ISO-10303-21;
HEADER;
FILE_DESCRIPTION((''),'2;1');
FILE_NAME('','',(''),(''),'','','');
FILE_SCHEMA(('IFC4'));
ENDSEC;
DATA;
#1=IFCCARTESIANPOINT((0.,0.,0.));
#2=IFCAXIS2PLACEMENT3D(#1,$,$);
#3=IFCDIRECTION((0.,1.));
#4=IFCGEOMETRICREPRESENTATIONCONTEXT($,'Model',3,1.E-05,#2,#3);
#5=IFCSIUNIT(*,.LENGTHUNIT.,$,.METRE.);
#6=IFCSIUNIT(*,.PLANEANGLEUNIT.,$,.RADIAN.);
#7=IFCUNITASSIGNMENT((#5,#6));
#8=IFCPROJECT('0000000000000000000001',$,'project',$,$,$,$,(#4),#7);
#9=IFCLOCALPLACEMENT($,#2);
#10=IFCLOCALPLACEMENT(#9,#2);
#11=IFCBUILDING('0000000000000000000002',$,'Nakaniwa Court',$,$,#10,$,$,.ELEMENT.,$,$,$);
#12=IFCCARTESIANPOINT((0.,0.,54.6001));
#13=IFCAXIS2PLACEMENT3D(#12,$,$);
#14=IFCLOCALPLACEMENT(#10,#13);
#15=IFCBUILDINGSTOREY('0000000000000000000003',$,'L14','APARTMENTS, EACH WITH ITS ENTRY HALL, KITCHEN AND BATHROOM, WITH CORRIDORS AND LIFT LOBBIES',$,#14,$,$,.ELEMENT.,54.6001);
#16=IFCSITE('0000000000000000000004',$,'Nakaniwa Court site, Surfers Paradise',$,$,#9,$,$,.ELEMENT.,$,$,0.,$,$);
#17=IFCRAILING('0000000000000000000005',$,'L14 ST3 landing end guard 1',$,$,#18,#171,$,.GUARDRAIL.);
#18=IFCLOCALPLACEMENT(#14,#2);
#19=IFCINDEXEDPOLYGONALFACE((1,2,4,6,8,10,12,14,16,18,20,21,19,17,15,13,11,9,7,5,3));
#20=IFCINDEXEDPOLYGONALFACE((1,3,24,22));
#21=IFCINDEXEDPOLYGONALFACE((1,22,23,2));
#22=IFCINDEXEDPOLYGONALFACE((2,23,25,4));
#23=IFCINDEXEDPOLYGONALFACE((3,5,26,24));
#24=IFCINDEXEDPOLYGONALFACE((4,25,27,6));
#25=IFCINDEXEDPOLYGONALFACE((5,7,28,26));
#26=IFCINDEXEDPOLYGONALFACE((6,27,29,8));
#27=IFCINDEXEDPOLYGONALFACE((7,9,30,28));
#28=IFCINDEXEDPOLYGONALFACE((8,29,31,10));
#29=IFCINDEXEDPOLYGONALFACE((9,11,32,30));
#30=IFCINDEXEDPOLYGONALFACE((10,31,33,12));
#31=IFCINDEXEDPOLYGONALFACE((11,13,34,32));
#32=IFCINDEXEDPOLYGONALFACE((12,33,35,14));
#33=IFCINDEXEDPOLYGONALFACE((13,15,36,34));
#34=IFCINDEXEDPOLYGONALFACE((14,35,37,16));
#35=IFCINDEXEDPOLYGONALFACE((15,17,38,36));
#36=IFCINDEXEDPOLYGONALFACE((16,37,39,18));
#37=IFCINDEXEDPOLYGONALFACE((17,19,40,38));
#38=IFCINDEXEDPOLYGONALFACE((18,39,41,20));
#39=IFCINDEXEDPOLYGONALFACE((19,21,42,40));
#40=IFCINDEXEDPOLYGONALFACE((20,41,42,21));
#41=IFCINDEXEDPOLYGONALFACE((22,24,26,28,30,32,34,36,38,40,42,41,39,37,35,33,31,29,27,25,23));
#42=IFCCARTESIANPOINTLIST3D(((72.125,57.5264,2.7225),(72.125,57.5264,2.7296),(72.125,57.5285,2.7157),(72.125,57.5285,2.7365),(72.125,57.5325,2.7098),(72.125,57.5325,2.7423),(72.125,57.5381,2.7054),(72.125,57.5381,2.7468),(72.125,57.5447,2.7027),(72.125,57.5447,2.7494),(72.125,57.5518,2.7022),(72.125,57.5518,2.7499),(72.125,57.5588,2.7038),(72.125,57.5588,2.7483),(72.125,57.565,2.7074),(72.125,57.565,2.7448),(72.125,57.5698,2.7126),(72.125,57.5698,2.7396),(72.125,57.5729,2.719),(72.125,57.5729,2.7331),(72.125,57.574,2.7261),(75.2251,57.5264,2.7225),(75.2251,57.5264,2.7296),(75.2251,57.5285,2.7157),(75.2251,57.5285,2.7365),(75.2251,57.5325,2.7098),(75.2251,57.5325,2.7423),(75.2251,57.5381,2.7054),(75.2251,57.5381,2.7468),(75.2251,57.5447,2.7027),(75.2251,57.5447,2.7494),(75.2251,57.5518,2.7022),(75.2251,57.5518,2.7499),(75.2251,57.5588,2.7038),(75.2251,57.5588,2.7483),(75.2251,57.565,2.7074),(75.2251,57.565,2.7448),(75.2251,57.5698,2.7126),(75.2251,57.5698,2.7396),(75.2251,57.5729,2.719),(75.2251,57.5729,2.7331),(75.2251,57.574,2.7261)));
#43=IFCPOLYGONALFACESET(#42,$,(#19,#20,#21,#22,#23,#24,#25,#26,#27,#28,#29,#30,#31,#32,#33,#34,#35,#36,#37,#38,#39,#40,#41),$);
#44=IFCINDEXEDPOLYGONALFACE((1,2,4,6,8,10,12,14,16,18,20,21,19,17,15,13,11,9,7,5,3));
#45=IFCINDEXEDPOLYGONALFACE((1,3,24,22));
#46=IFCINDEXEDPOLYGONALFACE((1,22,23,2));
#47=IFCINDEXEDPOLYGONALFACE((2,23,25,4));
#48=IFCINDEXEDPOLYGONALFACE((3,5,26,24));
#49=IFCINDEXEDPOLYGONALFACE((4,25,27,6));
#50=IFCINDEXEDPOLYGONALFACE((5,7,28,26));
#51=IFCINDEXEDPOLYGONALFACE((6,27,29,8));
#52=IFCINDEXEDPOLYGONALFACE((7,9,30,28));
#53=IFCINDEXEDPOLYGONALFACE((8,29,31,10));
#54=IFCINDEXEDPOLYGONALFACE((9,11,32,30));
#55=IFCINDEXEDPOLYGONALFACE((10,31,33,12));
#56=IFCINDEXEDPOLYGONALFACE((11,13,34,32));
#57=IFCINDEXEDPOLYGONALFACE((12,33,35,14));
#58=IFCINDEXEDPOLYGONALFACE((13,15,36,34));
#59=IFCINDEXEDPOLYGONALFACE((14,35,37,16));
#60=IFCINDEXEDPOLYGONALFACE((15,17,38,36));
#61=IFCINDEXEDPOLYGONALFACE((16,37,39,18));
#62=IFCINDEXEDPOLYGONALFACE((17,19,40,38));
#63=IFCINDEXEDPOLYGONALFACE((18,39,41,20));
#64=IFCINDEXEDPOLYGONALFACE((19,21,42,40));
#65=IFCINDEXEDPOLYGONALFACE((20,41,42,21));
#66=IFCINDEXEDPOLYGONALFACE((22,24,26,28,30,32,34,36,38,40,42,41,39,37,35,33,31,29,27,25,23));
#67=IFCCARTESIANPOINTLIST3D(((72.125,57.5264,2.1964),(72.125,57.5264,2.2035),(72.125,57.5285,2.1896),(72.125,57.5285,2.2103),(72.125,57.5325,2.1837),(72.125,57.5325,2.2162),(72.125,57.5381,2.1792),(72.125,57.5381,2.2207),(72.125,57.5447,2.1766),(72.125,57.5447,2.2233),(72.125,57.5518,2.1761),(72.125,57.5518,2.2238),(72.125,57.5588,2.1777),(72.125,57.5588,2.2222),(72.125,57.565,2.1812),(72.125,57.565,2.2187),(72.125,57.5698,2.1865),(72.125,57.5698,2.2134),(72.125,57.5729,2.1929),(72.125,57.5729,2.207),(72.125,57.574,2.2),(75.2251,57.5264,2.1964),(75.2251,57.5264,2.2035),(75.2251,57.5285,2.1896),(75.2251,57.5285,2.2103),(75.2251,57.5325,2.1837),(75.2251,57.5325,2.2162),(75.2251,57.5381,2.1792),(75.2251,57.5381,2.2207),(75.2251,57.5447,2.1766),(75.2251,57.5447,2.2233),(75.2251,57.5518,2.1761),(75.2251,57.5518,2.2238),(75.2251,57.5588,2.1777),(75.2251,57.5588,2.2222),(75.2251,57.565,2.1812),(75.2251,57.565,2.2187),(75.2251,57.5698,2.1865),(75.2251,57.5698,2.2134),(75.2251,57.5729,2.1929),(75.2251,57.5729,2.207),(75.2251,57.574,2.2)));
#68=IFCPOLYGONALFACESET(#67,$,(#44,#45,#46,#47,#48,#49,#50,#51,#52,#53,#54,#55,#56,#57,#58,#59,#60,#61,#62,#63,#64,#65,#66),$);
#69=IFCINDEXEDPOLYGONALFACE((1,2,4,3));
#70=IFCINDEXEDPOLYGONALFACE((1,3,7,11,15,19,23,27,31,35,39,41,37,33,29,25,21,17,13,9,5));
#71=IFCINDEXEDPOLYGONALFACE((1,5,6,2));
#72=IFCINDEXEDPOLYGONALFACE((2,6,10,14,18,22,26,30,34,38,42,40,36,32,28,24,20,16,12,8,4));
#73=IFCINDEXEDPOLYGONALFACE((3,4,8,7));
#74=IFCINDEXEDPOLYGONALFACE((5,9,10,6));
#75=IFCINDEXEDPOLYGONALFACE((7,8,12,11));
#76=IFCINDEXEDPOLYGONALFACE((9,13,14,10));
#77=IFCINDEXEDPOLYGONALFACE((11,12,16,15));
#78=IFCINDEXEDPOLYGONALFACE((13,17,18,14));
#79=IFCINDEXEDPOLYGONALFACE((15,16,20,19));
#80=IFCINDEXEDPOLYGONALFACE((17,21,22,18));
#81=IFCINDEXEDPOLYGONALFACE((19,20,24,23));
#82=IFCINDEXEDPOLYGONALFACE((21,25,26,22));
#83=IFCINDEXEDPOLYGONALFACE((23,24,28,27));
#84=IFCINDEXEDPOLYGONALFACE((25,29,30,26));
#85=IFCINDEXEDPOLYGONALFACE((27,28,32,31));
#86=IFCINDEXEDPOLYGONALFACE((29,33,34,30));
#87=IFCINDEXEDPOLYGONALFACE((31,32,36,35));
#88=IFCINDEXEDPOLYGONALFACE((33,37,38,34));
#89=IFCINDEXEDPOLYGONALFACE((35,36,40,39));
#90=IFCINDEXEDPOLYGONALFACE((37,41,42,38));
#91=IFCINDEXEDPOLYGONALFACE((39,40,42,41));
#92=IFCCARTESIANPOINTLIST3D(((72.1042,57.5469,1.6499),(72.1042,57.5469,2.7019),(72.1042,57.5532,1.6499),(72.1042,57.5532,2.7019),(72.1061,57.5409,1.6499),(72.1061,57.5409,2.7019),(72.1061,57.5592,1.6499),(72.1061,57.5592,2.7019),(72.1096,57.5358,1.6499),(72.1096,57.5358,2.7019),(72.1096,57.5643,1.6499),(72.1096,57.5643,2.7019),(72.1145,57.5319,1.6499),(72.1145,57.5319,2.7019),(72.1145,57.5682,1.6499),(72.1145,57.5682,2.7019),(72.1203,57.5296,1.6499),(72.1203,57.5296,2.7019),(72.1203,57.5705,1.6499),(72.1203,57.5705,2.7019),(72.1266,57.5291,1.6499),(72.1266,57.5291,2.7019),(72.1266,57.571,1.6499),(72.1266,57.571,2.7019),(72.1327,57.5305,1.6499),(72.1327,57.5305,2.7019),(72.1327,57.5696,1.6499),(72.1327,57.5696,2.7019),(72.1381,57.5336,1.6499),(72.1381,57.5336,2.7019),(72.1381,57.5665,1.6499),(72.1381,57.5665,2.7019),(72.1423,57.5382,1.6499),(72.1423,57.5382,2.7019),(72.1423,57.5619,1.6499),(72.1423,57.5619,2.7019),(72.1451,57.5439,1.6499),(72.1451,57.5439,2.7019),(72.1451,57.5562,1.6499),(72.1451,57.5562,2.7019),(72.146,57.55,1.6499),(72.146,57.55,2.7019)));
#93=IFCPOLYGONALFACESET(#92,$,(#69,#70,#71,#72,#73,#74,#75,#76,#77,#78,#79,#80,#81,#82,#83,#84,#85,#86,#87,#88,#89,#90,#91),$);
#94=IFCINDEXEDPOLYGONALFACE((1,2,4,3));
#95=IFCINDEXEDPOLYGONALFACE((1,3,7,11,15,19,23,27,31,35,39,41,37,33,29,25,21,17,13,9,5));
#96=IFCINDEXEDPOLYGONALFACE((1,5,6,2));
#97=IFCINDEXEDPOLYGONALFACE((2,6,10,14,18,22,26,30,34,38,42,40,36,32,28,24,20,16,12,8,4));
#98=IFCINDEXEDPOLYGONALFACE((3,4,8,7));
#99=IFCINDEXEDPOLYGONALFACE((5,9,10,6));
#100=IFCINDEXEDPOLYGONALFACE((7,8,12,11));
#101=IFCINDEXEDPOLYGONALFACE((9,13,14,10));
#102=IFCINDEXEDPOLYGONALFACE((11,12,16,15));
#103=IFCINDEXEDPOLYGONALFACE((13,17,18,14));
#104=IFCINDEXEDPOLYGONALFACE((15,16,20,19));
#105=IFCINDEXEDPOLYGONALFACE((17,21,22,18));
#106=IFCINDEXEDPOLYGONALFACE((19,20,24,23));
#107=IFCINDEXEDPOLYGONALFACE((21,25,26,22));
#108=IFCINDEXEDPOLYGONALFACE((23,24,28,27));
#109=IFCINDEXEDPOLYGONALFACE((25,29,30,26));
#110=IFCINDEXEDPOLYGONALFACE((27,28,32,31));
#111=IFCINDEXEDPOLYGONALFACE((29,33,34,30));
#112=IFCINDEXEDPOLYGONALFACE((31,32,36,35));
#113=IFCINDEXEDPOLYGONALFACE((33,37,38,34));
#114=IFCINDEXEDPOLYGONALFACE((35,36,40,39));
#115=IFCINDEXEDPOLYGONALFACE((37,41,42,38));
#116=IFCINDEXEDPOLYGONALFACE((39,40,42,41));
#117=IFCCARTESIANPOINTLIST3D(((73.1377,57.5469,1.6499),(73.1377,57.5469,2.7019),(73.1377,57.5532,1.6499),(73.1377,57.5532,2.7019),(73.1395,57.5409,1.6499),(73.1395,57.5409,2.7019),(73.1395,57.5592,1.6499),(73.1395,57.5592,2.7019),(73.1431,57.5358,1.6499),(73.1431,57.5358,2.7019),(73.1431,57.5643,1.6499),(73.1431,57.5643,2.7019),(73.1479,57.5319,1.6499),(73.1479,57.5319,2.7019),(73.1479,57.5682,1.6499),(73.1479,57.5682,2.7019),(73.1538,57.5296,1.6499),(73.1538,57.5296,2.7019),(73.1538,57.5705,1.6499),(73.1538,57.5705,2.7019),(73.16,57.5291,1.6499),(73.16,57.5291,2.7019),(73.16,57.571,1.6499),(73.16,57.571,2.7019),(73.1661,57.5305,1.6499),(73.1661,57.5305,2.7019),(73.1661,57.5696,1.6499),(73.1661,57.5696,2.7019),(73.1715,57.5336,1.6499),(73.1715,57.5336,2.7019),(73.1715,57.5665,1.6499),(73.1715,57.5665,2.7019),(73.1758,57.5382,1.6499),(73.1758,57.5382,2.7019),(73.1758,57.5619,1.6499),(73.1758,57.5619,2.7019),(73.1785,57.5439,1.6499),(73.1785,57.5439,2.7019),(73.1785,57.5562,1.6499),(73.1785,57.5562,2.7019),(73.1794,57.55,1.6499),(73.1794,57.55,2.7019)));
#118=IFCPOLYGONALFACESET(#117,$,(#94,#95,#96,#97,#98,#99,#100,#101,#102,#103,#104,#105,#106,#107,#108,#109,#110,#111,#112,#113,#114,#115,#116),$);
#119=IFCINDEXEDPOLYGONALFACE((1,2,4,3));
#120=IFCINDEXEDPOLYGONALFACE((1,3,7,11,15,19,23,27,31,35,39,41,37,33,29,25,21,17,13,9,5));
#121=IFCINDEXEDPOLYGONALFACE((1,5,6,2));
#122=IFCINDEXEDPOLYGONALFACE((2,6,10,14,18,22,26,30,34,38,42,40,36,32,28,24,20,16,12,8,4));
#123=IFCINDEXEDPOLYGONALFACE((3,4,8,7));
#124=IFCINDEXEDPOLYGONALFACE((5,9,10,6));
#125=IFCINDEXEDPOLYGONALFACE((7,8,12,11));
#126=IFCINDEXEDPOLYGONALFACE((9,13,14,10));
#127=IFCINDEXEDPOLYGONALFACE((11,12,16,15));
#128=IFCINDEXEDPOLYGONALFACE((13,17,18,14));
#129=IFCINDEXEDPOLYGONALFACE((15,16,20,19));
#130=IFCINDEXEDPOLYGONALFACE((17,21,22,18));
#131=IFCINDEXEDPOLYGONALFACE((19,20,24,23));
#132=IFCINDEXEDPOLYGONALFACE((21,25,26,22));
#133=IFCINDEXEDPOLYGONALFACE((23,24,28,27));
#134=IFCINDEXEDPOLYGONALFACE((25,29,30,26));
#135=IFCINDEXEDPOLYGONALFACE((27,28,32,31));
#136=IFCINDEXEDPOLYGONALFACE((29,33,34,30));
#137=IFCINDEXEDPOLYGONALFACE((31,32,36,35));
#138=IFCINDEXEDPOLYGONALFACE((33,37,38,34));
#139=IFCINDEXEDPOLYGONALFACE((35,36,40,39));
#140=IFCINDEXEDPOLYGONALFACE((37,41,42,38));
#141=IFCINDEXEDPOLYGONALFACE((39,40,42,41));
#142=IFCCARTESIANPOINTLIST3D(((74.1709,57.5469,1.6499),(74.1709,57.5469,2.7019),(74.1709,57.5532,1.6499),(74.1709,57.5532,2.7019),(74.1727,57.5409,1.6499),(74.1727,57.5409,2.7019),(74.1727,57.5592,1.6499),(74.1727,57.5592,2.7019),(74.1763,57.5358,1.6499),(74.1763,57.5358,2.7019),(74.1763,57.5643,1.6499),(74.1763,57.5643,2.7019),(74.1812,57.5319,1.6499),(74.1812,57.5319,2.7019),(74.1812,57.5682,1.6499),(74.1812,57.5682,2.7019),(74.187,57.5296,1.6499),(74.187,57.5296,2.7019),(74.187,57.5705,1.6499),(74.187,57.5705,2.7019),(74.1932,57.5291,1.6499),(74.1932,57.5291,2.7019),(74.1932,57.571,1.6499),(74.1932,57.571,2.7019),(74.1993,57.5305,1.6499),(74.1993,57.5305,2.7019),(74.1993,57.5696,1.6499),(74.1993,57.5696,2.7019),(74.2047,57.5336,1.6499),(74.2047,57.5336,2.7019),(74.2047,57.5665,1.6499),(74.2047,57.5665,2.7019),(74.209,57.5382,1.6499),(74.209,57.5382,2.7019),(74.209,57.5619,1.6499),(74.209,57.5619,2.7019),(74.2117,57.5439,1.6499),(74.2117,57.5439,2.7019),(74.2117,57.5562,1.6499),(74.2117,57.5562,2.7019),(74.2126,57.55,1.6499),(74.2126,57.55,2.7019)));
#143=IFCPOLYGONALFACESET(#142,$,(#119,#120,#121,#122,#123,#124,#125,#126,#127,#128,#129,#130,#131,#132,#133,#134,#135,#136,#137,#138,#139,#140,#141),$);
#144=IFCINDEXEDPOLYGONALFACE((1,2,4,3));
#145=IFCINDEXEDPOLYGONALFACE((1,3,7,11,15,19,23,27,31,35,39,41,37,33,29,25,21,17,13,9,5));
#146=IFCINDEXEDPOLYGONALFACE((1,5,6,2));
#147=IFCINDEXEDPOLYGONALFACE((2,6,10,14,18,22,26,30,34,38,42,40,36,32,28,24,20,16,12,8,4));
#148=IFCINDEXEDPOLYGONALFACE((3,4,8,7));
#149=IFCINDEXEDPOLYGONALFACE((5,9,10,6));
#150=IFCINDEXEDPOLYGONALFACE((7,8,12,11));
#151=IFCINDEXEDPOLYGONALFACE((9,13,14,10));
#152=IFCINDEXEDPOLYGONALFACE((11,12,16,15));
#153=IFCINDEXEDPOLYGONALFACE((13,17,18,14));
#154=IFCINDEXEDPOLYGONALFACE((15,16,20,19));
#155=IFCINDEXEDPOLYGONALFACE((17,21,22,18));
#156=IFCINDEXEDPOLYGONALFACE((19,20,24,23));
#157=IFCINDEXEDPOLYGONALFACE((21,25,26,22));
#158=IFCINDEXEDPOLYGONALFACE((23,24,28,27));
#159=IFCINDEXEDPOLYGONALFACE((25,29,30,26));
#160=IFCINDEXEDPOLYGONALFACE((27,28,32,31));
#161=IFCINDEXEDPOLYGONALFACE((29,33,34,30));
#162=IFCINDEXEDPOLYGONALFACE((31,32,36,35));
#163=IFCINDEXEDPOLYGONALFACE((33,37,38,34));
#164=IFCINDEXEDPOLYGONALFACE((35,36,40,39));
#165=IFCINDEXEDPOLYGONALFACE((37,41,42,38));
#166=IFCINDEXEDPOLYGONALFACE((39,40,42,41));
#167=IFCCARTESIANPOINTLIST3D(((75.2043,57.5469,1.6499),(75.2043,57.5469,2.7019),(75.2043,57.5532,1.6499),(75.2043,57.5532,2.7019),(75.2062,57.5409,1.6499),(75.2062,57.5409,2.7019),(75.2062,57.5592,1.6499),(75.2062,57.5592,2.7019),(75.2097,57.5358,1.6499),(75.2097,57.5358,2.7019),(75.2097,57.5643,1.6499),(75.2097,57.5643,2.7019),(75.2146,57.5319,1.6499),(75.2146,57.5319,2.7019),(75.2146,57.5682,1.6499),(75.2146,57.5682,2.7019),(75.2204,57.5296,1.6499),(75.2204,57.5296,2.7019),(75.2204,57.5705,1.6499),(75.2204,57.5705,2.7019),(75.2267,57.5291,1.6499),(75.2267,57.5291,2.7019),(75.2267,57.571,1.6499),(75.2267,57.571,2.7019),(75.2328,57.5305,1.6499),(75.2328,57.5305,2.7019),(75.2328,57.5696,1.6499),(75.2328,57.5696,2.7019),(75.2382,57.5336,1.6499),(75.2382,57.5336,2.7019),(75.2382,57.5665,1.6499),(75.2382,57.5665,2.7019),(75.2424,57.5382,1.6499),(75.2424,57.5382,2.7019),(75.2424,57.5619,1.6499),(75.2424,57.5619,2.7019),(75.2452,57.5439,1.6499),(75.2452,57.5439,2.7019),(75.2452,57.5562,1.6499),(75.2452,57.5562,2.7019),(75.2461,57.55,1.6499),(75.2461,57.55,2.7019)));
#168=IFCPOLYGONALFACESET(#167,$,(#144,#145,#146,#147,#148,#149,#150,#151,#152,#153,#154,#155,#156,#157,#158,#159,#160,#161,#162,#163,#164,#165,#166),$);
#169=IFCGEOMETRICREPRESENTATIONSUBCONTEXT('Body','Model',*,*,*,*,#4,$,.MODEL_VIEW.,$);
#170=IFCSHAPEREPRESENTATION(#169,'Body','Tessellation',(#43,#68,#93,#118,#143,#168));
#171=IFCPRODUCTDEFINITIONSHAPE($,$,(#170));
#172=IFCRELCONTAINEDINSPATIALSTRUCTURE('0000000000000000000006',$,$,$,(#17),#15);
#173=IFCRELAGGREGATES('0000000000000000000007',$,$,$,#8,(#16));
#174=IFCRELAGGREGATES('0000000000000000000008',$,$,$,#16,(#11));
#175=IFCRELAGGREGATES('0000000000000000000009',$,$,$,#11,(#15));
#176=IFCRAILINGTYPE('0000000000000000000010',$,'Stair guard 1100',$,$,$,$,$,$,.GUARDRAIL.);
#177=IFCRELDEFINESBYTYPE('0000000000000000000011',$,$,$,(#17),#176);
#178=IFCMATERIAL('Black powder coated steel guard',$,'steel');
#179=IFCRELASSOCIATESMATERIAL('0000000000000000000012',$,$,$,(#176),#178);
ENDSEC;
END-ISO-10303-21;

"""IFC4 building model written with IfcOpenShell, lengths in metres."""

from ifc_helpers import new_model, si_unit, direction, frame, origin, origin_2d, place, context, subcontext, project, spatial, circle, extrude, material, type_object, element, save


model = new_model("IFC4")

# Units and contexts
model_context = context("Model", 3, precision=1e-05, world=origin(), true_north=direction((0.0, 1.0)))
body_context = subcontext(model_context, "Body", "Model", "MODEL_VIEW")
ifc_project = project(units=[si_unit("LENGTHUNIT", "METRE"), si_unit("PLANEANGLEUNIT", "RADIAN")], contexts=[model_context])

# Site, building, storey
site_placement = place(None, origin())
site = spatial("IfcSite", under=ifc_project, at=site_placement, Name="Nakaniwa Court site, Surfers Paradise", CompositionType="ELEMENT", RefElevation=0.0)
building_placement = place(site_placement, origin())
building = spatial("IfcBuilding", under=site, at=building_placement, Name="Nakaniwa Court", CompositionType="ELEMENT")
storey_placement = place(building_placement, frame((0.0, 0.0, 54.6001)))
storey = spatial("IfcBuildingStorey", under=building, at=storey_placement, Name="L14", Description="APARTMENTS, EACH WITH ITS ENTRY HALL, KITCHEN AND BATHROOM, WITH CORRIDORS AND LIFT LOBBIES", CompositionType="ELEMENT", Elevation=54.6001)

# Railing
ifc_material_1 = material(Name="Black powder coated steel guard", Category="steel")
railing_type_1 = type_object("IfcRailingType", Name="Stair guard 1100", PredefinedType="GUARDRAIL", material=ifc_material_1)
railing_1_placement = place(storey_placement, frame((72.125, 57.55, 1.6499)))
element("IfcRailing", 1, at=railing_1_placement, inside=storey, type_object=railing_type_1, Name="L14 ST3 landing end guard 1", PredefinedType="GUARDRAIL", context=body_context, shape_type="SweptSolid", body=[
    extrude(circle(Radius=0.0239, at=origin_2d()), frame((0.0, 0.0, 1.0762), z_axis=(1.0, 0.0, 0.0), x_axis=(0.0, 1.0, 0.0)), (0.0, 0.0, 1.0), 3.1001),
    extrude(circle(Radius=0.0239, at=origin_2d()), frame((0.0, 0.0, 0.55), z_axis=(1.0, 0.0, 0.0), x_axis=(0.0, 1.0, 0.0)), (0.0, 0.0, 1.0), 3.1001),
    extrude(circle(Radius=0.021, at=origin_2d()), origin(), (0.0, 0.0, 1.0), 1.052),
    extrude(circle(Radius=0.021, at=origin_2d()), frame((1.0334, 0.0, 0.0)), (0.0, 0.0, 1.0), 1.052),
    extrude(circle(Radius=0.021, at=origin_2d()), frame((2.0667, 0.0, 0.0)), (0.0, 0.0, 1.0), 1.052),
    extrude(circle(Radius=0.021, at=origin_2d()), frame((3.1001, 0.0, 0.0)), (0.0, 0.0, 1.0), 1.052),
])

save(model, "model.ifc")
